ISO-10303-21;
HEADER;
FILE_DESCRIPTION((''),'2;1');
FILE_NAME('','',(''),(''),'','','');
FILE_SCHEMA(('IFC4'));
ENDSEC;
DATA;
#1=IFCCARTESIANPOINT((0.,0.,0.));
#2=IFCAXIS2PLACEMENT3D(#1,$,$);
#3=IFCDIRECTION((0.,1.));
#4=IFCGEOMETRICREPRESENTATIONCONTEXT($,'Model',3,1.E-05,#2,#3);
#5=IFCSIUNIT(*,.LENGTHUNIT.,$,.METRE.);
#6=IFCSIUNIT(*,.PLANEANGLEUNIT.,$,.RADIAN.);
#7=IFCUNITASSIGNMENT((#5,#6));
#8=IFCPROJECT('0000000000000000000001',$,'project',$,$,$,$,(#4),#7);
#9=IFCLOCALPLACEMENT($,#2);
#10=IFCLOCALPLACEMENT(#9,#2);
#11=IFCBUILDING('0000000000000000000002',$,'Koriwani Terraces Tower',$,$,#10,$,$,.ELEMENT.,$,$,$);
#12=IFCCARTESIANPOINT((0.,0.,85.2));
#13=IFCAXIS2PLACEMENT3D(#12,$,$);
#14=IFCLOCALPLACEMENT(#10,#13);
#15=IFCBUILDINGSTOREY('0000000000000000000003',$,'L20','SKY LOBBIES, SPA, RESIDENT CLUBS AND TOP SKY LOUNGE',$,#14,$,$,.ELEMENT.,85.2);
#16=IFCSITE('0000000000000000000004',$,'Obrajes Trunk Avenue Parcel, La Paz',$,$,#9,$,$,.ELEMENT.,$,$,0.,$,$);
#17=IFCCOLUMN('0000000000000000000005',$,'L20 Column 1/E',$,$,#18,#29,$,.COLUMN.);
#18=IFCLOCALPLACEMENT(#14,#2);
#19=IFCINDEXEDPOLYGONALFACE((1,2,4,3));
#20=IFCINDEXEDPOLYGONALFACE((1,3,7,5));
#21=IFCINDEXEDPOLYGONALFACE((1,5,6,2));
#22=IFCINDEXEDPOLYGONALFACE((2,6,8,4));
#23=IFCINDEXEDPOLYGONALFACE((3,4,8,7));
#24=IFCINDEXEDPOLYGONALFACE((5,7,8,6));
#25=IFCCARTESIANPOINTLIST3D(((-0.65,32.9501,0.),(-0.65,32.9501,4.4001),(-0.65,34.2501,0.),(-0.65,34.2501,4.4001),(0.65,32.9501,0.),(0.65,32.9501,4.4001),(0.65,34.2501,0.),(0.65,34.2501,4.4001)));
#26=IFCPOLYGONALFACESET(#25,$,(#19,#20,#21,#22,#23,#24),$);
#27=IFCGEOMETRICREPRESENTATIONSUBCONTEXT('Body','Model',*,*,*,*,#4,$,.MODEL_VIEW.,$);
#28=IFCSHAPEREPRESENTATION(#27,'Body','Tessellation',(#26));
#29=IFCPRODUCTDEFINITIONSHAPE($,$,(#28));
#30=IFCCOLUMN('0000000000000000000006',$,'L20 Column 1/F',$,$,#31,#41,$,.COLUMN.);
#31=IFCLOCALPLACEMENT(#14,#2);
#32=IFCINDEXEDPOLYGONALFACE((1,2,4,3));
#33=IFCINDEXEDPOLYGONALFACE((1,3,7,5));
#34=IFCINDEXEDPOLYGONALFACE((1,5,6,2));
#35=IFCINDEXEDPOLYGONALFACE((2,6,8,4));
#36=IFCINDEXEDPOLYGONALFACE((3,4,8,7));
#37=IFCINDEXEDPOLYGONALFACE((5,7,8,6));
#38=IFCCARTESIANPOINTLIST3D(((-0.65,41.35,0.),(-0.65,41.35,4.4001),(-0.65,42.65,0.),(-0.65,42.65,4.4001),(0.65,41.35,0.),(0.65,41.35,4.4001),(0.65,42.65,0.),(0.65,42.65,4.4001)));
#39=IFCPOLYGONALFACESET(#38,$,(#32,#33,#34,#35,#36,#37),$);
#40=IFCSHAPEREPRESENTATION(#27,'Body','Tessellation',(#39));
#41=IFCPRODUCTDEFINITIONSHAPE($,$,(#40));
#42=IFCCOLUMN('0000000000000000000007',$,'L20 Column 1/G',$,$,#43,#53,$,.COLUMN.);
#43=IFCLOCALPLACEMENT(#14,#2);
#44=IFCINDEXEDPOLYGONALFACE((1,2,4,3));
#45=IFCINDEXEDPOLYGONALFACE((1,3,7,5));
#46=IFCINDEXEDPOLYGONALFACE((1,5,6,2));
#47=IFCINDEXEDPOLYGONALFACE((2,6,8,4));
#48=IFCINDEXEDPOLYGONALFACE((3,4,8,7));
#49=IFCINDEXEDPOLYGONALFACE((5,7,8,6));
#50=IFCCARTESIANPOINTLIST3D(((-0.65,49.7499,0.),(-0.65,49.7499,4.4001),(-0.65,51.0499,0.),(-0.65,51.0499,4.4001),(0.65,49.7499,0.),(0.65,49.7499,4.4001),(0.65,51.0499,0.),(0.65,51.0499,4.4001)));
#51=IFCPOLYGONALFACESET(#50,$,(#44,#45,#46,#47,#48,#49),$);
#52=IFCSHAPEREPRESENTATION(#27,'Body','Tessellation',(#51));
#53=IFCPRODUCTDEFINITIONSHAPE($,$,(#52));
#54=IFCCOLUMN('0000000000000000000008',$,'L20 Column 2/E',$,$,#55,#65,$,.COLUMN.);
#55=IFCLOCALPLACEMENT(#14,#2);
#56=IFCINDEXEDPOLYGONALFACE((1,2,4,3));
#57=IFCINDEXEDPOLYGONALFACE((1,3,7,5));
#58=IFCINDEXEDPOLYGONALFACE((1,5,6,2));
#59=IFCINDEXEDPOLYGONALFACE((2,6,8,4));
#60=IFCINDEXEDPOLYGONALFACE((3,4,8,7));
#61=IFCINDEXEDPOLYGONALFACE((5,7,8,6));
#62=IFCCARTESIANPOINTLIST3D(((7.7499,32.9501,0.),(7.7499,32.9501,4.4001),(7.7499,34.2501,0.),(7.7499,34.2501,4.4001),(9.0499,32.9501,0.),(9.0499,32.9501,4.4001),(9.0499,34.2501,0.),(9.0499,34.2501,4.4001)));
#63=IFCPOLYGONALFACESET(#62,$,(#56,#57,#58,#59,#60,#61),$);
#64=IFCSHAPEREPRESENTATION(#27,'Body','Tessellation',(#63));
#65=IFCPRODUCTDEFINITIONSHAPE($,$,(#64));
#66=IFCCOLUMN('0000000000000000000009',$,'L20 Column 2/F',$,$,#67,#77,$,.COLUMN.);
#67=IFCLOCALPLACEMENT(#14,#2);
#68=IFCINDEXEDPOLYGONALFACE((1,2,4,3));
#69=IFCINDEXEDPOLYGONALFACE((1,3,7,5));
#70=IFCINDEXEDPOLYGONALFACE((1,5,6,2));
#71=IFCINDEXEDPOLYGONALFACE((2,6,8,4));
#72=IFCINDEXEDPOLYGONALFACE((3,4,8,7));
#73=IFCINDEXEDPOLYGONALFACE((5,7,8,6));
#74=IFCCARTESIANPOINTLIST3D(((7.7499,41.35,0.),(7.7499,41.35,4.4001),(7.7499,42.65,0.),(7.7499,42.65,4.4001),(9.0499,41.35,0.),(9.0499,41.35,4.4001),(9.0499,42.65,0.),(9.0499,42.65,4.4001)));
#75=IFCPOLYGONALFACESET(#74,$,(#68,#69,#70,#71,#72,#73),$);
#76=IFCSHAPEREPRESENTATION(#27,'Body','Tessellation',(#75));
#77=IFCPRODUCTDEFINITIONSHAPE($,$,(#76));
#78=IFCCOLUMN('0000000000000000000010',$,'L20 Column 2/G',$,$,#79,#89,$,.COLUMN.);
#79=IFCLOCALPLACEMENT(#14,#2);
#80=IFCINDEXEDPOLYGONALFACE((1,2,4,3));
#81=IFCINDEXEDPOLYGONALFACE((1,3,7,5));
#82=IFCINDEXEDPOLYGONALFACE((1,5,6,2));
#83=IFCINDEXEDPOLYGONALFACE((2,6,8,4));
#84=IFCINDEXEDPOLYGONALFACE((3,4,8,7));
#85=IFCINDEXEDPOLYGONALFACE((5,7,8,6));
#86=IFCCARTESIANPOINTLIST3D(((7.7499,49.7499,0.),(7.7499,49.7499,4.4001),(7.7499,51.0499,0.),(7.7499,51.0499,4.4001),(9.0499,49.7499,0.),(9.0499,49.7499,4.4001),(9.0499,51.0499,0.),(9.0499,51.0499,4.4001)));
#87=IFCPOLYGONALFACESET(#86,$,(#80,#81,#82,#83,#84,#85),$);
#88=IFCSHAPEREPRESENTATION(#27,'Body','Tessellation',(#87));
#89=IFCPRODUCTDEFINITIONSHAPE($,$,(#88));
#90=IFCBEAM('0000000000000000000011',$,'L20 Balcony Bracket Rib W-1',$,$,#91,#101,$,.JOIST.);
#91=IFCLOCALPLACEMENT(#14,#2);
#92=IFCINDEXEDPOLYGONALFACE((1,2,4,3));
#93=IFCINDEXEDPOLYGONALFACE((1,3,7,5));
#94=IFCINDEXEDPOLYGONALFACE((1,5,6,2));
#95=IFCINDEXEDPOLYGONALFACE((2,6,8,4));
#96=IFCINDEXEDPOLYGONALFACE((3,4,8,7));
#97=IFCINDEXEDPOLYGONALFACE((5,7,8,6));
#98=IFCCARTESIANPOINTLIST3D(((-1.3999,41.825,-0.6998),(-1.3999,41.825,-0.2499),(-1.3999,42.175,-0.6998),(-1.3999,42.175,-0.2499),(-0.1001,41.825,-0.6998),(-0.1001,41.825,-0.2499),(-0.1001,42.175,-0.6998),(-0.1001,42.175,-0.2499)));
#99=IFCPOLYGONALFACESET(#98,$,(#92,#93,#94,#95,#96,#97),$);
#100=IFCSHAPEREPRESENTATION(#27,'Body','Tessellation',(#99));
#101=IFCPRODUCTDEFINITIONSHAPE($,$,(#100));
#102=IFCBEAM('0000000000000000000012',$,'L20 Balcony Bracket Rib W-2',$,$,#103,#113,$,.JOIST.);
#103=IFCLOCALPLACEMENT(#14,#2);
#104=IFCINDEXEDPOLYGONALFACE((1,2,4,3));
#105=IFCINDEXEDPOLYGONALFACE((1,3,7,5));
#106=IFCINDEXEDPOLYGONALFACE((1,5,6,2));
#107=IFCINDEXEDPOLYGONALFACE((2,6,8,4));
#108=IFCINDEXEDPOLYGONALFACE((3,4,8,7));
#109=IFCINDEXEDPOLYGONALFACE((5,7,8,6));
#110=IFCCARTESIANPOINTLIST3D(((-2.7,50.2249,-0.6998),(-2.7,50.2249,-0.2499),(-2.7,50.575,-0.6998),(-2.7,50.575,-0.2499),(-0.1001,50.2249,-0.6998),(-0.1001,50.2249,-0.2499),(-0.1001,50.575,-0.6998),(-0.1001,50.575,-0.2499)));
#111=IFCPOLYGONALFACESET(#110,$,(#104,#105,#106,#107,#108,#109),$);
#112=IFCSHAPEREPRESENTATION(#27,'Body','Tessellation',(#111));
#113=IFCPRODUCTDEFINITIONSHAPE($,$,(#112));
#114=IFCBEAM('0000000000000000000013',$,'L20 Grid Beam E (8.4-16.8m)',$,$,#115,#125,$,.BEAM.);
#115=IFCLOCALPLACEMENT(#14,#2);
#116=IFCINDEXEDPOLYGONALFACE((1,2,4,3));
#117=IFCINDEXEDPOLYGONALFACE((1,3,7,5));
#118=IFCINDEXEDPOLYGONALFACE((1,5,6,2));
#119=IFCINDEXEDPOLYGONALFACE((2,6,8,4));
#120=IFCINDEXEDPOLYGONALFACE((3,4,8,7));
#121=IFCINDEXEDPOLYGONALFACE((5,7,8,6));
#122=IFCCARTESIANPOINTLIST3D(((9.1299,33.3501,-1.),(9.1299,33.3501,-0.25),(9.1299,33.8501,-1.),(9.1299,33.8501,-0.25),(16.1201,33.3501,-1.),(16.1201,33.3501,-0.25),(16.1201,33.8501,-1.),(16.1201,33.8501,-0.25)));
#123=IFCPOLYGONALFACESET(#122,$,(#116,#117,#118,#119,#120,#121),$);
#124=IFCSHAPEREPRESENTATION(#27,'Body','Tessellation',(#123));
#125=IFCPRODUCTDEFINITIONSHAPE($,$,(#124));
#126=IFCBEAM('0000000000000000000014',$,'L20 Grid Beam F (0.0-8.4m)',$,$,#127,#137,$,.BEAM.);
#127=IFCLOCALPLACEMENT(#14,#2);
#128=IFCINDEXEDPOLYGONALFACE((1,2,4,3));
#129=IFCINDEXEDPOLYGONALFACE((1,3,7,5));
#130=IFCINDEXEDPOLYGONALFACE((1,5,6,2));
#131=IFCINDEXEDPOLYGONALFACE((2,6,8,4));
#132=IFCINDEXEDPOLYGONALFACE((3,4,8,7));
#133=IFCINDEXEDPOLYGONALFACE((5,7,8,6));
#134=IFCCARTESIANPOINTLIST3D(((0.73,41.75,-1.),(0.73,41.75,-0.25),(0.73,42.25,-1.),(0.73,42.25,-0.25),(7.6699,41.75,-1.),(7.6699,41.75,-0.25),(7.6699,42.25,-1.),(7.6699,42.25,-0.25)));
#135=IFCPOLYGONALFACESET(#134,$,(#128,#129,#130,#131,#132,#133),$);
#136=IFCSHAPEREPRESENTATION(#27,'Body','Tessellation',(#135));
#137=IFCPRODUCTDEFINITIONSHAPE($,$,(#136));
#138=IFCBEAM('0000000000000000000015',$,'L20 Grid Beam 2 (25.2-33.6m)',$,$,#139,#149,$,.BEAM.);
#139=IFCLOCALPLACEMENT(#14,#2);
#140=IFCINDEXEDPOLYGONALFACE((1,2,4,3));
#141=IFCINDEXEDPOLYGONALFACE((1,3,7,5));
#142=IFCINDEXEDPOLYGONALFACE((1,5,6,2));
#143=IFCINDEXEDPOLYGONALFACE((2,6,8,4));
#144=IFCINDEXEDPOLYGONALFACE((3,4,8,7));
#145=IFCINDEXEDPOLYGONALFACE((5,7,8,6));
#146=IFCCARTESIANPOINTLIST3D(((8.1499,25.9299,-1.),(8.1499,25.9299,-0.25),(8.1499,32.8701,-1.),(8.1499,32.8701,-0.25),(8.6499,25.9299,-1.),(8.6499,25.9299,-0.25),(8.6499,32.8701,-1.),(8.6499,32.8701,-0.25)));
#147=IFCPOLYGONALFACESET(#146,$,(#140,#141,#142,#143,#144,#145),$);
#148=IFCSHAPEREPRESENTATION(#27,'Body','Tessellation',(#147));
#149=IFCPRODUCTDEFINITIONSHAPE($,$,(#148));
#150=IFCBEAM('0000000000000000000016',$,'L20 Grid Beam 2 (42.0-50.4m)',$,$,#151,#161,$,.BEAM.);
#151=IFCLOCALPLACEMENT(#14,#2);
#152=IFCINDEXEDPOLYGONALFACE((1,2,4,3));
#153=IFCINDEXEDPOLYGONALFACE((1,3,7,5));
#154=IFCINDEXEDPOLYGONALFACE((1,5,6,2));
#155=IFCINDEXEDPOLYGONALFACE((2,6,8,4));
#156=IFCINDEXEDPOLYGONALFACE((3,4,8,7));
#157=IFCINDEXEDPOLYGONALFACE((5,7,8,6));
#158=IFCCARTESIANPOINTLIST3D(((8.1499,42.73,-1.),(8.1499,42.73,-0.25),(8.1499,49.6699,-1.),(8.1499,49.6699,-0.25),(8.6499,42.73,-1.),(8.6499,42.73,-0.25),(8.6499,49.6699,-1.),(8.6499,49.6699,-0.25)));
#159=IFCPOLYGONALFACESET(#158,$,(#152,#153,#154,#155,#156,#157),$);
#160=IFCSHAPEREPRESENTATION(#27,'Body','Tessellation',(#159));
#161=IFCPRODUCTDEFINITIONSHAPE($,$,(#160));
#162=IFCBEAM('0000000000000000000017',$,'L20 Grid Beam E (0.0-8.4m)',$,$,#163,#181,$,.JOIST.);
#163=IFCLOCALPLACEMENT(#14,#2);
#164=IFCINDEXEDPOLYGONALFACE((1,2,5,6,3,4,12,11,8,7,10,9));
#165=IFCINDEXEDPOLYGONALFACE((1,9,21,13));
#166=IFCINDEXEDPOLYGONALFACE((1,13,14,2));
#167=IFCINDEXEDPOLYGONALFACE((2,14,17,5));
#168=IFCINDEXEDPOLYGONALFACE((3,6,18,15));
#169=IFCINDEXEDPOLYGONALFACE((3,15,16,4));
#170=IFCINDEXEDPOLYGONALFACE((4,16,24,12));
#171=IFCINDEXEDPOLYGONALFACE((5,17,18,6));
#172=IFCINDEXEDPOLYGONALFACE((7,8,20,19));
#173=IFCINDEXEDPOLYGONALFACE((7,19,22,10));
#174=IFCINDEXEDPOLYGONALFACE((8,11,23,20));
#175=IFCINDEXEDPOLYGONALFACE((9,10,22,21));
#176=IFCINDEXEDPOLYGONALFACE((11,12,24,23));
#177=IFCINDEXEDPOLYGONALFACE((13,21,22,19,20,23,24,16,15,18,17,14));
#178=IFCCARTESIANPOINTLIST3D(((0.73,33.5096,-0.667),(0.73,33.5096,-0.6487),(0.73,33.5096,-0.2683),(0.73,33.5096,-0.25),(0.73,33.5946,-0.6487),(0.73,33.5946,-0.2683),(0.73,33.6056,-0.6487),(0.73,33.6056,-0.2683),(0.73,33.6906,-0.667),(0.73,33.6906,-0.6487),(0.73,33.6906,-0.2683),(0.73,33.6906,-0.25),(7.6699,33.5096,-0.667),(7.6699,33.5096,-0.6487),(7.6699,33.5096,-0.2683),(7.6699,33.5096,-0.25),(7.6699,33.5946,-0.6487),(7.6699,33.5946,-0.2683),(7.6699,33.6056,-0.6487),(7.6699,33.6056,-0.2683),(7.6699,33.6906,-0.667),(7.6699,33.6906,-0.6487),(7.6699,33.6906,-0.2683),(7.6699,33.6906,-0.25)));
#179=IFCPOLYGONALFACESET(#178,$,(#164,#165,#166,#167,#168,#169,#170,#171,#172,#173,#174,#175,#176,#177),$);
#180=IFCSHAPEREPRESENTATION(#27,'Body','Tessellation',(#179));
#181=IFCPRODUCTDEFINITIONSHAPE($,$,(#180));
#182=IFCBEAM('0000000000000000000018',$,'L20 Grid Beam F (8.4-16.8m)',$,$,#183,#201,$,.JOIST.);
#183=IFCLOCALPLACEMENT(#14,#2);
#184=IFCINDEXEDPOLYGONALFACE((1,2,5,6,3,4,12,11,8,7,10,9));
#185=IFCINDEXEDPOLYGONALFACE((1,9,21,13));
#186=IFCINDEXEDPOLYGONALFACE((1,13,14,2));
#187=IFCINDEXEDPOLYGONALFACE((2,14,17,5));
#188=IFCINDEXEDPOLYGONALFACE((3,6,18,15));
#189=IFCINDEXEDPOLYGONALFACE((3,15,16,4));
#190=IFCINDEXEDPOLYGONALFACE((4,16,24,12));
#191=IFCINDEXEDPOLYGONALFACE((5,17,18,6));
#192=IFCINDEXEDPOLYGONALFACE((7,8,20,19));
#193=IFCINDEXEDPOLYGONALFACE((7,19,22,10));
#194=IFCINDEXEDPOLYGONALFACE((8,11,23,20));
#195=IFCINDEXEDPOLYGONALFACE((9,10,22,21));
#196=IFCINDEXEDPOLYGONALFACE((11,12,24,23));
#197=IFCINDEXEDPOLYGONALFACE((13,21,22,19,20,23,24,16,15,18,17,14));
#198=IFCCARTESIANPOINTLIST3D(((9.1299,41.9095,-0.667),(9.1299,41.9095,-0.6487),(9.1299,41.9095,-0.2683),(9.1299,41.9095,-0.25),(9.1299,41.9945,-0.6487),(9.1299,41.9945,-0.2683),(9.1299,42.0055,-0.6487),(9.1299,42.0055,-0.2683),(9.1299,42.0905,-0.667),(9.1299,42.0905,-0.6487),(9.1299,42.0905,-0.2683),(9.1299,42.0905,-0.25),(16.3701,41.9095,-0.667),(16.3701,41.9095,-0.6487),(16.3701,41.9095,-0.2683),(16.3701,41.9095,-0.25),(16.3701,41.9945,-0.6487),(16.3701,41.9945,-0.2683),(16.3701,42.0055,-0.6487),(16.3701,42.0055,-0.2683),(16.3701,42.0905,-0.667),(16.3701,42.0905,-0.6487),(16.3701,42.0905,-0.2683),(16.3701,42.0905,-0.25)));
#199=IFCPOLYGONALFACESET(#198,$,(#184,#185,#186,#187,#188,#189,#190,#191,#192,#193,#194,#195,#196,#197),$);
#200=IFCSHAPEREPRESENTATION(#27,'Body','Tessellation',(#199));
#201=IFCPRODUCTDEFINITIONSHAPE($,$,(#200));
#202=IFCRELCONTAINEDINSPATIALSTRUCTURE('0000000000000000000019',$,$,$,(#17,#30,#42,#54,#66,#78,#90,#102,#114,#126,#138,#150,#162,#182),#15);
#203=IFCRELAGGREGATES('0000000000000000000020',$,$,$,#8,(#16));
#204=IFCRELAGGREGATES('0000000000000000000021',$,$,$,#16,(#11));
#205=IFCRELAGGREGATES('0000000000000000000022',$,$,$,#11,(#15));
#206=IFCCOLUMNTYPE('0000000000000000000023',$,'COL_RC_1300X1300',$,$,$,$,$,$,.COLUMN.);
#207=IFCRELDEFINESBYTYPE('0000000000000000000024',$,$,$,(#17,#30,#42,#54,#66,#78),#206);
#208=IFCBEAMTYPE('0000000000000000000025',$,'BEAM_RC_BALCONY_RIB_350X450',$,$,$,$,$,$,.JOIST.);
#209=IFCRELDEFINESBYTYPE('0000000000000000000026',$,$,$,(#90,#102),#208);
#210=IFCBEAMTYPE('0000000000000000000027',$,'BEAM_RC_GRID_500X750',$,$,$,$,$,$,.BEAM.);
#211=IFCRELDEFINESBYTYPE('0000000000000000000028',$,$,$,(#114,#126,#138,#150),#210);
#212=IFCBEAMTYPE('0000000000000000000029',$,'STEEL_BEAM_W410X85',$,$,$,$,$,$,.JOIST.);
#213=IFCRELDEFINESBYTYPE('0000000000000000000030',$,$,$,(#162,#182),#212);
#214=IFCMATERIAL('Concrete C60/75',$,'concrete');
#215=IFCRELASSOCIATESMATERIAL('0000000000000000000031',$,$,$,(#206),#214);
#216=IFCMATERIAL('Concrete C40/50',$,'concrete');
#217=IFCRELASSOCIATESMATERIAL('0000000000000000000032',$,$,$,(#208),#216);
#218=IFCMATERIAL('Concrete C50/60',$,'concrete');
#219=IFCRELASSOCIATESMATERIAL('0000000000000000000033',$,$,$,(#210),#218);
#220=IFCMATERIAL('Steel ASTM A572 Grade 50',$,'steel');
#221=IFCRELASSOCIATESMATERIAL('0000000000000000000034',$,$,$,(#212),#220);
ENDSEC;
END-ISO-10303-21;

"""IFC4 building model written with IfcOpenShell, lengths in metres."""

from ifc_helpers import new_model, si_unit, direction, frame, origin, origin_2d, place, context, subcontext, project, spatial, rectangle, i_section, extrude, material, material_profile, profile_set, type_object, element, save


model = new_model("IFC4")

# Units and contexts
model_context = context("Model", 3, precision=1e-05, world=origin(), true_north=direction((0.0, 1.0)))
body_context = subcontext(model_context, "Body", "Model", "MODEL_VIEW")
ifc_project = project(units=[si_unit("LENGTHUNIT", "METRE"), si_unit("PLANEANGLEUNIT", "RADIAN")], contexts=[model_context])

# Site, building, storey
site_placement = place(None, origin())
site = spatial("IfcSite", under=ifc_project, at=site_placement, Name="Obrajes Trunk Avenue Parcel, La Paz", CompositionType="ELEMENT", RefElevation=0.0)
building_placement = place(site_placement, origin())
building = spatial("IfcBuilding", under=site, at=building_placement, Name="Koriwani Terraces Tower", CompositionType="ELEMENT")
storey_placement = place(building_placement, frame((0.0, 0.0, 85.2)))
storey = spatial("IfcBuildingStorey", under=building, at=storey_placement, Name="L20", Description="SKY LOBBIES, SPA, RESIDENT CLUBS AND TOP SKY LOUNGE", CompositionType="ELEMENT", Elevation=85.2)

# Columns
ifc_material_1 = material(Name="Concrete C60/75", Category="concrete")
ifc_material_profile_1 = material_profile(ifc_material_1, rectangle(XDim=1.3, YDim=1.3, at=origin_2d()), Name="Concrete C60/75", Category="LoadBearing")
ifc_profile_set_1 = profile_set([ifc_material_profile_1], Name="Concrete C60/75")
column_type = type_object("IfcColumnType", Name="COL_RC_1300X1300", PredefinedType="COLUMN", material=ifc_profile_set_1)
for number, where, z_axis, x_axis, name in (
    (1, (0.0, 33.6001, 0.0), (0.0, 0.0, 1.0), (1.0, 0.0, 0.0), "L20 Column 1/E"),
    (2, (0.0, 42.0, 0.0), (0.0, 0.0, 1.0), (1.0, 0.0, 0.0), "L20 Column 1/F"),
    (3, (0.0, 50.3999, 0.0), (0.0, 0.0, 1.0), (1.0, 0.0, 0.0), "L20 Column 1/G"),
    (4, (8.3999, 33.6001, 0.0), (0.0, 0.0, 1.0), (1.0, 0.0, 0.0), "L20 Column 2/E"),
    (5, (8.3999, 42.0, 0.0), (0.0, 0.0, 1.0), (1.0, 0.0, 0.0), "L20 Column 2/F"),
    (6, (8.3999, 50.3999, 0.0), (0.0, 0.0, 1.0), (1.0, 0.0, 0.0), "L20 Column 2/G"),
):
    element("IfcColumn", number, at=place(storey_placement, frame(where, z_axis=z_axis, x_axis=x_axis)), inside=storey, type_object=column_type, Name=name, PredefinedType="COLUMN", context=body_context, shape_type="SweptSolid", body=[
        extrude(rectangle(XDim=1.3, YDim=1.3, at=origin_2d()), origin(), (0.0, 0.0, 1.0), 4.4001),
    ])

# Beams
ifc_material_2 = material(Name="Concrete C40/50", Category="concrete")
ifc_material_profile_2 = material_profile(ifc_material_2, rectangle(XDim=0.3501, YDim=0.45, at=origin_2d()), Name="Concrete C40/50", Category="LoadBearing")
ifc_profile_set_2 = profile_set([ifc_material_profile_2], Name="Concrete C40/50")
beam_type_1 = type_object("IfcBeamType", Name="BEAM_RC_BALCONY_RIB_350X450", PredefinedType="JOIST", material=ifc_profile_set_2)
beam_1_placement = place(storey_placement, frame((-1.3999, 42.0, -0.4749), z_axis=(1.0, 0.0, 0.0), x_axis=(0.0, 1.0, 0.0)))
element("IfcBeam", 7, at=beam_1_placement, inside=storey, type_object=beam_type_1, Name="L20 Balcony Bracket Rib W-1", PredefinedType="JOIST", context=body_context, shape_type="SweptSolid", body=[
    extrude(rectangle(XDim=0.3501, YDim=0.45, at=origin_2d()), origin(), (0.0, 0.0, 1.0), 1.2998),
])
beam_2_placement = place(storey_placement, frame((-2.7, 50.3999, -0.4749), z_axis=(1.0, 0.0, 0.0), x_axis=(0.0, 1.0, 0.0)))
element("IfcBeam", 8, at=beam_2_placement, inside=storey, type_object=beam_type_1, Name="L20 Balcony Bracket Rib W-2", PredefinedType="JOIST", context=body_context, shape_type="SweptSolid", body=[
    extrude(rectangle(XDim=0.3501, YDim=0.45, at=origin_2d()), origin(), (0.0, 0.0, 1.0), 2.5999),
])
ifc_material_3 = material(Name="Concrete C50/60", Category="concrete")
ifc_material_profile_3 = material_profile(ifc_material_3, rectangle(XDim=0.5, YDim=0.75, at=origin_2d()), Name="Concrete C50/60", Category="LoadBearing")
ifc_profile_set_3 = profile_set([ifc_material_profile_3], Name="Concrete C50/60")
beam_type_2 = type_object("IfcBeamType", Name="BEAM_RC_GRID_500X750", PredefinedType="BEAM", material=ifc_profile_set_3)
beam_3_placement = place(storey_placement, frame((9.1299, 33.6001, -0.625), z_axis=(1.0, 0.0, 0.0), x_axis=(0.0, 1.0, 0.0)))
element("IfcBeam", 9, at=beam_3_placement, inside=storey, type_object=beam_type_2, Name="L20 Grid Beam E (8.4-16.8m)", PredefinedType="BEAM", context=body_context, shape_type="SweptSolid", body=[
    extrude(rectangle(XDim=0.5, YDim=0.75, at=origin_2d()), origin(), (0.0, 0.0, 1.0), 6.9902),
])
beam_4_placement = place(storey_placement, frame((0.73, 42.0, -0.625), z_axis=(1.0, 0.0, 0.0), x_axis=(0.0, 1.0, 0.0)))
element("IfcBeam", 10, at=beam_4_placement, inside=storey, type_object=beam_type_2, Name="L20 Grid Beam F (0.0-8.4m)", PredefinedType="BEAM", context=body_context, shape_type="SweptSolid", body=[
    extrude(rectangle(XDim=0.5, YDim=0.75, at=origin_2d()), origin(), (0.0, 0.0, 1.0), 6.9399),
])
beam_5_placement = place(storey_placement, frame((8.3999, 25.9299, -0.625), z_axis=(0.0, 1.0, 0.0), x_axis=(-1.0, 0.0, 0.0)))
element("IfcBeam", 11, at=beam_5_placement, inside=storey, type_object=beam_type_2, Name="L20 Grid Beam 2 (25.2-33.6m)", PredefinedType="BEAM", context=body_context, shape_type="SweptSolid", body=[
    extrude(rectangle(XDim=0.5, YDim=0.75, at=origin_2d()), origin(), (0.0, 0.0, 1.0), 6.9402),
])
beam_6_placement = place(storey_placement, frame((8.3999, 42.73, -0.625), z_axis=(0.0, 1.0, 0.0), x_axis=(-1.0, 0.0, 0.0)))
element("IfcBeam", 12, at=beam_6_placement, inside=storey, type_object=beam_type_2, Name="L20 Grid Beam 2 (42.0-50.4m)", PredefinedType="BEAM", context=body_context, shape_type="SweptSolid", body=[
    extrude(rectangle(XDim=0.5, YDim=0.75, at=origin_2d()), origin(), (0.0, 0.0, 1.0), 6.9399),
])
ifc_material_4 = material(Name="Steel ASTM A572 Grade 50", Category="steel")
ifc_material_profile_4 = material_profile(ifc_material_4, i_section(OverallWidth=0.1809, OverallDepth=0.417, WebThickness=0.011, FlangeThickness=0.0183, at=origin_2d()), Name="Steel ASTM A572 Grade 50", Category="LoadBearing")
ifc_profile_set_4 = profile_set([ifc_material_profile_4], Name="Steel ASTM A572 Grade 50")
beam_type_3 = type_object("IfcBeamType", Name="STEEL_BEAM_W410X85", PredefinedType="JOIST", material=ifc_profile_set_4)
beam_7_placement = place(storey_placement, frame((0.73, 33.6001, -0.4585), z_axis=(1.0, 0.0, 0.0), x_axis=(0.0, 1.0, 0.0)))
element("IfcBeam", 13, at=beam_7_placement, inside=storey, type_object=beam_type_3, Name="L20 Grid Beam E (0.0-8.4m)", PredefinedType="JOIST", context=body_context, shape_type="SweptSolid", body=[
    extrude(i_section(OverallWidth=0.1809, OverallDepth=0.417, WebThickness=0.011, FlangeThickness=0.0183, at=origin_2d()), origin(), (0.0, 0.0, 1.0), 6.9399),
])
beam_8_placement = place(storey_placement, frame((9.1299, 42.0, -0.4585), z_axis=(1.0, 0.0, 0.0), x_axis=(0.0, 1.0, 0.0)))
element("IfcBeam", 14, at=beam_8_placement, inside=storey, type_object=beam_type_3, Name="L20 Grid Beam F (8.4-16.8m)", PredefinedType="JOIST", context=body_context, shape_type="SweptSolid", body=[
    extrude(i_section(OverallWidth=0.1809, OverallDepth=0.417, WebThickness=0.011, FlangeThickness=0.0183, at=origin_2d()), origin(), (0.0, 0.0, 1.0), 7.2402),
])

save(model, "model.ifc")
